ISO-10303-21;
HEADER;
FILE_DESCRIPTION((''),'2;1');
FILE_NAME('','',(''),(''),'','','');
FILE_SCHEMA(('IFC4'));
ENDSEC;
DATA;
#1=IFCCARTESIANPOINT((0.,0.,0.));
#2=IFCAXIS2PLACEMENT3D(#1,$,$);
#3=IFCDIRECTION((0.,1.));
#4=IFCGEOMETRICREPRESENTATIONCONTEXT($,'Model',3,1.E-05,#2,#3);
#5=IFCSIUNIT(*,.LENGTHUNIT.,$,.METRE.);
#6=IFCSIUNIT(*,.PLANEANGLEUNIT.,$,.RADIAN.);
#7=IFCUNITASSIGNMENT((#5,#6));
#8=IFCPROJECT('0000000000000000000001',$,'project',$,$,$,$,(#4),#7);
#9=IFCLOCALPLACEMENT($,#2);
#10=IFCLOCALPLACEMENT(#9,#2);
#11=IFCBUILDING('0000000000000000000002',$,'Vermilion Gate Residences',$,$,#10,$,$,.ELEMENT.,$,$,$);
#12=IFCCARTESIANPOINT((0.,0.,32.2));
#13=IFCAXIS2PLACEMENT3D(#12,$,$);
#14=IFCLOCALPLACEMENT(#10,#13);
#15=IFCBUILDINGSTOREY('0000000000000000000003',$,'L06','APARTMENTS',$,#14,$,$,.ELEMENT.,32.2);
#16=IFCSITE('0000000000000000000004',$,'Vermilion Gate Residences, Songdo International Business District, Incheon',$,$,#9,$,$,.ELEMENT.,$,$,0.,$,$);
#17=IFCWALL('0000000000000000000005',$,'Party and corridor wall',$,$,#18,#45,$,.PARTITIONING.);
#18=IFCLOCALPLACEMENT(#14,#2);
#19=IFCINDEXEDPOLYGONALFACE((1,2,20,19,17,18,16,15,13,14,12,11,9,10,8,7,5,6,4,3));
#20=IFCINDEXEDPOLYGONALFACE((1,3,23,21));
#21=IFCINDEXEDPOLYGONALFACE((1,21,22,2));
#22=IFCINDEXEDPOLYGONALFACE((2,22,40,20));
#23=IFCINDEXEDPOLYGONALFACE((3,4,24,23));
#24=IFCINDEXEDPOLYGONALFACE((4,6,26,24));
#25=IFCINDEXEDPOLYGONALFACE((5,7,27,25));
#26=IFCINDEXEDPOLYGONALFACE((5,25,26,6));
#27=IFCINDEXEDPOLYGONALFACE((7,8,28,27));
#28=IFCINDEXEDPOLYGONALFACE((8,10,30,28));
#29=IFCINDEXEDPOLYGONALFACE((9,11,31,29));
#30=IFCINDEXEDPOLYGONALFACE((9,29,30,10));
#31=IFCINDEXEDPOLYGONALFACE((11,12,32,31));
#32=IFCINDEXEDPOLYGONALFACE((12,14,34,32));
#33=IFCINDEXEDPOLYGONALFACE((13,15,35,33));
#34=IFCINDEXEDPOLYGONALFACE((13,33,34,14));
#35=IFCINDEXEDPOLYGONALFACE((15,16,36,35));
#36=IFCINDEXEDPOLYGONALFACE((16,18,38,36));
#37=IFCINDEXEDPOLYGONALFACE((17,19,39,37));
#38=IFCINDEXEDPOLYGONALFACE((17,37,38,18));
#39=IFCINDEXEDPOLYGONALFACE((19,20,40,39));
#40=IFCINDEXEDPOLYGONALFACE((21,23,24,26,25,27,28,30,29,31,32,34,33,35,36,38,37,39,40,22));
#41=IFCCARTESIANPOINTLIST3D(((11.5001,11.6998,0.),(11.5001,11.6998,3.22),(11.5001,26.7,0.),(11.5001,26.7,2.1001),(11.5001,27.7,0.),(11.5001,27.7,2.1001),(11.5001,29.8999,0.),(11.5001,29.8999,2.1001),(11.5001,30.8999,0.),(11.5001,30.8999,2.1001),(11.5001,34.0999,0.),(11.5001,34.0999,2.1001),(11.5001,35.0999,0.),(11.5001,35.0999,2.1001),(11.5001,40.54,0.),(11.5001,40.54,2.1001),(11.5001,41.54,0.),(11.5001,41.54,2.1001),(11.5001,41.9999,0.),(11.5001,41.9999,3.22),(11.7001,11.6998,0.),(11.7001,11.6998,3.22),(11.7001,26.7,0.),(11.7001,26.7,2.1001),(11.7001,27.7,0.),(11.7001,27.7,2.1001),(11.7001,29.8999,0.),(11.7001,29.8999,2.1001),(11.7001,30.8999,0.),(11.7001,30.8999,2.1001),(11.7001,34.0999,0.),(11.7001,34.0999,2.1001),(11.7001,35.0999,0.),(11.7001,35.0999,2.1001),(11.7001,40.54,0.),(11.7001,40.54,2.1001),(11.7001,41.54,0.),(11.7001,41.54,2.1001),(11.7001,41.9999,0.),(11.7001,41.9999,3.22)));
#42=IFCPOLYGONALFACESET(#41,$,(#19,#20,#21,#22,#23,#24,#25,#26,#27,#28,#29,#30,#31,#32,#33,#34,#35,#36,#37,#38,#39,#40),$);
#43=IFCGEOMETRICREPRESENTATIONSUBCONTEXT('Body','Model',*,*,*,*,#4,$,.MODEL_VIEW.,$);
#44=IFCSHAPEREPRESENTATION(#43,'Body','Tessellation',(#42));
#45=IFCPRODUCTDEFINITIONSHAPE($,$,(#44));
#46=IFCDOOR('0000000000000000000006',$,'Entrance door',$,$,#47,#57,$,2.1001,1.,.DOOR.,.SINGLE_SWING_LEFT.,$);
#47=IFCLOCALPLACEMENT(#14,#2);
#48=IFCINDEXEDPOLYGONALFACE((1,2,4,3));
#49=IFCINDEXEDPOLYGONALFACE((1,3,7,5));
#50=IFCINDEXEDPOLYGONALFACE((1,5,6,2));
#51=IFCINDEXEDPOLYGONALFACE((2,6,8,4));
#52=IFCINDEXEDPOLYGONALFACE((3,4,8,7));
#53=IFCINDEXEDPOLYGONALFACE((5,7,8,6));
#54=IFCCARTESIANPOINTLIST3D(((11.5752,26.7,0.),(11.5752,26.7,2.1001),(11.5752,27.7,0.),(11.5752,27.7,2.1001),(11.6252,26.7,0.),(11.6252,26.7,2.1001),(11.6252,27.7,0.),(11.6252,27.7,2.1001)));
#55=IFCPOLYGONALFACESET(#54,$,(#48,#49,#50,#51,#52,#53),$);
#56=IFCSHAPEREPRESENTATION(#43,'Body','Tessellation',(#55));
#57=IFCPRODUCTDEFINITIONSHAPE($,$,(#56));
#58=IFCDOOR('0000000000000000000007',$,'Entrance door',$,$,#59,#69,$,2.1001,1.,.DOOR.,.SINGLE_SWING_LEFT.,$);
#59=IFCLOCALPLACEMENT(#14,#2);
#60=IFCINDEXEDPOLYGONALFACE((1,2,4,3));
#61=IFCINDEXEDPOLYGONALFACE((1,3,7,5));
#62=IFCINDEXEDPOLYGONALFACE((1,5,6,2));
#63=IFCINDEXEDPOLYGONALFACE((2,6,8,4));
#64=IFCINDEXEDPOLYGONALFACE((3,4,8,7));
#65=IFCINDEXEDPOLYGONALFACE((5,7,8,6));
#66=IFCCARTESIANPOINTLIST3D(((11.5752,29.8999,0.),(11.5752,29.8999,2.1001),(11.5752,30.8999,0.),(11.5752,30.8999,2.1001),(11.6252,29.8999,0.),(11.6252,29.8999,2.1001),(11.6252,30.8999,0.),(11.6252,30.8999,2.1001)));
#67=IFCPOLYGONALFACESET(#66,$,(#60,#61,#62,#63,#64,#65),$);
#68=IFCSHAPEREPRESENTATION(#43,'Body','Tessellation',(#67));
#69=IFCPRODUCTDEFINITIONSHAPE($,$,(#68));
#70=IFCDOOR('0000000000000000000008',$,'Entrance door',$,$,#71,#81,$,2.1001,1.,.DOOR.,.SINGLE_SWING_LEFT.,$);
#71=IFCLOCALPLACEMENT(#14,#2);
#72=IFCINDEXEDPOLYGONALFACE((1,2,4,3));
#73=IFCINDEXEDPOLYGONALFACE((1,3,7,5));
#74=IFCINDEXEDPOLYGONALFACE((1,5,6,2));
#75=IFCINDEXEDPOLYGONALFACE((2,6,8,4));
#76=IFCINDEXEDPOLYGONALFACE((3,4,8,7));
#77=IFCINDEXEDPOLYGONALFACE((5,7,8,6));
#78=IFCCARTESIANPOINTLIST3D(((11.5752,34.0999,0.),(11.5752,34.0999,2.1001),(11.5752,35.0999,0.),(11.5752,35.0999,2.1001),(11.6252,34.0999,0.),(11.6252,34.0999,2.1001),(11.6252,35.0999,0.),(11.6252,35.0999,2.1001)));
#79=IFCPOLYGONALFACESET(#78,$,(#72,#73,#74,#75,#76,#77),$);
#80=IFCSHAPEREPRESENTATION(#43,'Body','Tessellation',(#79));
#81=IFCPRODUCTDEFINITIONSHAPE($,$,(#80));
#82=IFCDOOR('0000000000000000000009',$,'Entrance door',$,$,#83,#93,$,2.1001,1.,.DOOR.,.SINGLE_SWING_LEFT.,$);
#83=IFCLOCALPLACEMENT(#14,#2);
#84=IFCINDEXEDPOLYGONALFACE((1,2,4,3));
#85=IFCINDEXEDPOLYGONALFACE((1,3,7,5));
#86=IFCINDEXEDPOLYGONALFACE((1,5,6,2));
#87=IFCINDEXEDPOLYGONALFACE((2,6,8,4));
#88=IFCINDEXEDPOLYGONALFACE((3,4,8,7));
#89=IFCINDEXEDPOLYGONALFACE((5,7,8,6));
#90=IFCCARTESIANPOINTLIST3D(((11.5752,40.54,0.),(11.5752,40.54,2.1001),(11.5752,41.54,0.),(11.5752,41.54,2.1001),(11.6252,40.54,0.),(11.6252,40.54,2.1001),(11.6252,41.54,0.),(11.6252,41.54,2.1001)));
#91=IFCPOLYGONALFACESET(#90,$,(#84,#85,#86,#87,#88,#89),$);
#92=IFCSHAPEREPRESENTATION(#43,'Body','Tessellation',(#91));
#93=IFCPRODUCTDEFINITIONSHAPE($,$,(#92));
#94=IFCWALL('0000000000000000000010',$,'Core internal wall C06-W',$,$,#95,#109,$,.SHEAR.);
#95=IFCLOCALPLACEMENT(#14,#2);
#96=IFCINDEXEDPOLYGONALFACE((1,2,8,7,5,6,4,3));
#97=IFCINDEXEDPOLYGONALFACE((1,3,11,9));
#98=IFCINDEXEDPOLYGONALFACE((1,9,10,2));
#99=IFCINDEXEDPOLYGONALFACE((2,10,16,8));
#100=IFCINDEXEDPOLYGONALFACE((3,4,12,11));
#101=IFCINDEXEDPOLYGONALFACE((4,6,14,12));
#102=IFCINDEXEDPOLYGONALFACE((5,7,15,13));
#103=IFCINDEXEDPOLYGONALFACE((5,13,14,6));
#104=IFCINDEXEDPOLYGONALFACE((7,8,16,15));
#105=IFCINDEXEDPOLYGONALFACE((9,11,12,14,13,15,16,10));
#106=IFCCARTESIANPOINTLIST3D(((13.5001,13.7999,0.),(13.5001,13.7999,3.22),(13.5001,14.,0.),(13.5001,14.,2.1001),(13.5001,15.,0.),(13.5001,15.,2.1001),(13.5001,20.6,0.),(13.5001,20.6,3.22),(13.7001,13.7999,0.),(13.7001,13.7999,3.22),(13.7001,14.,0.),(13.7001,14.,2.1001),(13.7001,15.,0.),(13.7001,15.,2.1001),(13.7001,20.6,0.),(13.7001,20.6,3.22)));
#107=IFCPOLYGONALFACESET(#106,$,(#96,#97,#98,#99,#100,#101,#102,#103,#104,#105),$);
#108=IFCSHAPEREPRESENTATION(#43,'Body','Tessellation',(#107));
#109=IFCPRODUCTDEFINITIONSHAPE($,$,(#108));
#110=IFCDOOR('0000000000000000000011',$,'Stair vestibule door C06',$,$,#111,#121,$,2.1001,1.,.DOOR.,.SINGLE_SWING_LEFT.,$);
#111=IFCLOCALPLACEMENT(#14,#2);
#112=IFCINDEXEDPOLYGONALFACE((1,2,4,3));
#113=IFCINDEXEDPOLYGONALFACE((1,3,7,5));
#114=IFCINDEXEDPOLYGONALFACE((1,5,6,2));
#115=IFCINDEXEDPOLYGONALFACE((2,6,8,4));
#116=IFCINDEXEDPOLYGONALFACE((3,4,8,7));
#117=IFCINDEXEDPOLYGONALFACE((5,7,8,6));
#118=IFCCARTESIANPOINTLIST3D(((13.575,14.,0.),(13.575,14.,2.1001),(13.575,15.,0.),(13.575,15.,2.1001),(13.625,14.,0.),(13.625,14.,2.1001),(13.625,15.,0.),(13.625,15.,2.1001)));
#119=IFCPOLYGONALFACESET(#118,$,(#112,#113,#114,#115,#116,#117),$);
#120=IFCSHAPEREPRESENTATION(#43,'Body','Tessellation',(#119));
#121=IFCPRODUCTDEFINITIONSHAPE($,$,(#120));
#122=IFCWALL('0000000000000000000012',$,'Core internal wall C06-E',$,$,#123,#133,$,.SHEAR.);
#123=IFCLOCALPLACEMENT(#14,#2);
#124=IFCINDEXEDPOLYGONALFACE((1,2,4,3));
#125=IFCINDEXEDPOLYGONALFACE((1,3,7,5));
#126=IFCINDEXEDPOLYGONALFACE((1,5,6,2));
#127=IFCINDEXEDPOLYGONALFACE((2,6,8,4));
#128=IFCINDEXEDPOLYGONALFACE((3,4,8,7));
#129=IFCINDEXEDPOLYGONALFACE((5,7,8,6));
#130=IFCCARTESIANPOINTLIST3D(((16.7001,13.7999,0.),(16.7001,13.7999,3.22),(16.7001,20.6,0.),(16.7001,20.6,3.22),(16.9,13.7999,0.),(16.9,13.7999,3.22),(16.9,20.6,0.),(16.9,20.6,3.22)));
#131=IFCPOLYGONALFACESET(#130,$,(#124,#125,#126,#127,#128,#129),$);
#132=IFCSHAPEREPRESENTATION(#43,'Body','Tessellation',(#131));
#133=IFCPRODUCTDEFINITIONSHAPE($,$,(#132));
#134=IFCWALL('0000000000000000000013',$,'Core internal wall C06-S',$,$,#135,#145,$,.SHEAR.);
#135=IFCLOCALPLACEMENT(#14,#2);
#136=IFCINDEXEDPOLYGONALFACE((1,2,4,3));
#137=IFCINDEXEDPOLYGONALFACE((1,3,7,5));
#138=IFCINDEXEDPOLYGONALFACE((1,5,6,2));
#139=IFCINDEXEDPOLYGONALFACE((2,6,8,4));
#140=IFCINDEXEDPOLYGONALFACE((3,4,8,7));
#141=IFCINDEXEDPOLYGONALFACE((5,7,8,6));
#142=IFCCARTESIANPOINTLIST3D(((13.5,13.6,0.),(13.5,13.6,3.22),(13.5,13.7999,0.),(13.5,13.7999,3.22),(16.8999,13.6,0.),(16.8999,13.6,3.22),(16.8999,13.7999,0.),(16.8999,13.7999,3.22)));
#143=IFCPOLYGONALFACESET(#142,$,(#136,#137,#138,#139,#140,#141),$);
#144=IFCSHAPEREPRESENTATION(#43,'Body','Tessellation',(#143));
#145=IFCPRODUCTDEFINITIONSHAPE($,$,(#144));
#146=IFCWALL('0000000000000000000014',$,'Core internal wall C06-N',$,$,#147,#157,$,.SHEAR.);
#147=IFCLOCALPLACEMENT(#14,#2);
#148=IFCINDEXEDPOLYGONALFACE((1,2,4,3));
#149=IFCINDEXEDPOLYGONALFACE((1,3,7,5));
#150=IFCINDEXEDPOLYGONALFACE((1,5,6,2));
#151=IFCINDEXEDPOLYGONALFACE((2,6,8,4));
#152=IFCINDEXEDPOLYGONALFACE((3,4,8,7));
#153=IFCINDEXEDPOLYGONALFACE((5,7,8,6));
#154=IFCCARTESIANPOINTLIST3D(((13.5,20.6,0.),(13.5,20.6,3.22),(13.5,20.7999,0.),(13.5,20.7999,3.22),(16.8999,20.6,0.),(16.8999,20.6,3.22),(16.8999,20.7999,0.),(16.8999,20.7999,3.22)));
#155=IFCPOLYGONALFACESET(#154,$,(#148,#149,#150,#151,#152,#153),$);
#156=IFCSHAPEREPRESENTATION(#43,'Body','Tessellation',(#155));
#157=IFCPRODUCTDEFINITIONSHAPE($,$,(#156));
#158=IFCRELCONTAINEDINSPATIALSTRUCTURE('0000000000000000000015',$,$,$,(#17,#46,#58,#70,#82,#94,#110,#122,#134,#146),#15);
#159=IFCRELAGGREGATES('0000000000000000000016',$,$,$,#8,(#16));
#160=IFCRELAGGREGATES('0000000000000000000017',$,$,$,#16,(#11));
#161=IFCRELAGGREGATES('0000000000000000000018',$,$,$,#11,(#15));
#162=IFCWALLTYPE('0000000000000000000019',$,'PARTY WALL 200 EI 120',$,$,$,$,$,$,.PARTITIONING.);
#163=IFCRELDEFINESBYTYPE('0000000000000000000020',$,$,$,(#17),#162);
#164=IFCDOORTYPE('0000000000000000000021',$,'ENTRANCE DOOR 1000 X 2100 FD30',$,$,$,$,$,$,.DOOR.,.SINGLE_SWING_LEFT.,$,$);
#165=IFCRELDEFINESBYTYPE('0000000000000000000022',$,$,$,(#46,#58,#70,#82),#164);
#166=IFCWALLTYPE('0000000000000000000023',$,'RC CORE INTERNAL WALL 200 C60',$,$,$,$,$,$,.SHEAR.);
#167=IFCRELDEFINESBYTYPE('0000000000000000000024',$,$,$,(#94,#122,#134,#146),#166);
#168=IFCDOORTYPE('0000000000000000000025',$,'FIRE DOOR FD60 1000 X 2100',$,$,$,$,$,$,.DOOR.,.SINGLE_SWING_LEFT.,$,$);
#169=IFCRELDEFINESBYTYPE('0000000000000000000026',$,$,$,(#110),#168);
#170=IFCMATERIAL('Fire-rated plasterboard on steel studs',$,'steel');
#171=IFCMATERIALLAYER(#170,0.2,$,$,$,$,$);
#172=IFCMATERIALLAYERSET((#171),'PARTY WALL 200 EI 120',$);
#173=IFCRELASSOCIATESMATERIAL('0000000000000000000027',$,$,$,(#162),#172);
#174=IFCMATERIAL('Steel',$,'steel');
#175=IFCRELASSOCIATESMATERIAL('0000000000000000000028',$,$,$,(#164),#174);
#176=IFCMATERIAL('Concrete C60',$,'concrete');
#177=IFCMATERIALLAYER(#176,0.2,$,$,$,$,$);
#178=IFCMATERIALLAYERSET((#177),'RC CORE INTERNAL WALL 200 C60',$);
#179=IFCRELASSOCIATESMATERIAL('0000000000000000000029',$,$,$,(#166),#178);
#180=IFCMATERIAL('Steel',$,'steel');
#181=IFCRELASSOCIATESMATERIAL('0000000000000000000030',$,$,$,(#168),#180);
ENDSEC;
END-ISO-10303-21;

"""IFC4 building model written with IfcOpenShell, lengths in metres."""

from ifc_helpers import new_model, si_unit, direction, frame, frame_2d, origin, place, context, subcontext, project, spatial, rectangle, extrude, material, layer, layer_set, type_object, element, fill, save


model = new_model("IFC4")

# Units and contexts
model_context = context("Model", 3, precision=1e-05, world=origin(), true_north=direction((0.0, 1.0)))
body_context = subcontext(model_context, "Body", "Model", "MODEL_VIEW")
ifc_project = project(units=[si_unit("LENGTHUNIT", "METRE"), si_unit("PLANEANGLEUNIT", "RADIAN")], contexts=[model_context])

# Site, building, storey
site_placement = place(None, origin())
site = spatial("IfcSite", under=ifc_project, at=site_placement, Name="Vermilion Gate Residences, Songdo International Business District, Incheon", CompositionType="ELEMENT", RefElevation=0.0)
building_placement = place(site_placement, origin())
building = spatial("IfcBuilding", under=site, at=building_placement, Name="Vermilion Gate Residences", CompositionType="ELEMENT")
storey_placement = place(building_placement, frame((0.0, 0.0, 32.2)))
storey = spatial("IfcBuildingStorey", under=building, at=storey_placement, Name="L06", Description="APARTMENTS", CompositionType="ELEMENT", Elevation=32.2)

# Wall, openings, doors
ifc_material_1 = material(Name="Fire-rated plasterboard on steel studs", Category="steel")
ifc_layer_1 = layer(ifc_material_1, 0.2)
ifc_layer_set_1 = layer_set([ifc_layer_1], Name="PARTY WALL 200 EI 120")
wall_type_1 = type_object("IfcWallType", Name="PARTY WALL 200 EI 120", PredefinedType="PARTITIONING", material=ifc_layer_set_1)
ifc_material_2 = material(Name="Steel", Category="steel")
door_type_1 = type_object("IfcDoorType", Name="ENTRANCE DOOR 1000 X 2100 FD30", OperationType="SINGLE_SWING_LEFT", PredefinedType="DOOR", material=ifc_material_2)
wall_1_placement = place(storey_placement, frame((11.6001, 11.7, 0.0), z_axis=(0.0, 0.0, 1.0), x_axis=(0.0, 1.0, 0.0)))
wall_1 = element("IfcWall", 1, at=wall_1_placement, inside=storey, type_object=wall_type_1, Name="Party and corridor wall", PredefinedType="PARTITIONING", context=body_context, shape_type="SweptSolid", body=[
    extrude(rectangle(XDim=30.3, YDim=0.2, at=frame_2d((15.1499, 0.0))), origin(), (0.0, 0.0, 1.0), 3.22),
])
opening_1_placement = place(wall_1_placement, frame((15.0, 0.0, 0.0)))
opening_1 = element("IfcOpeningElement", 2, at=opening_1_placement, cuts=wall_1, PredefinedType="OPENING", context=body_context, shape_type="SweptSolid", body=[
    extrude(rectangle(XDim=1.0, YDim=2.1001, at=frame_2d((0.5, 1.05))), frame((0.0, 0.1099, 0.0), z_axis=(0.0, -1.0, 0.0), x_axis=(1.0, 0.0, 0.0)), (0.0, 0.0, 1.0), 0.22),
])
opening_2_placement = place(wall_1_placement, frame((18.2, 0.0, 0.0)))
opening_2 = element("IfcOpeningElement", 3, at=opening_2_placement, cuts=wall_1, PredefinedType="OPENING", context=body_context, shape_type="SweptSolid", body=[
    extrude(rectangle(XDim=1.0, YDim=2.1001, at=frame_2d((0.5, 1.05))), frame((0.0, 0.1099, 0.0), z_axis=(0.0, -1.0, 0.0), x_axis=(1.0, 0.0, 0.0)), (0.0, 0.0, 1.0), 0.22),
])
opening_3_placement = place(wall_1_placement, frame((22.3999, 0.0, 0.0)))
opening_3 = element("IfcOpeningElement", 4, at=opening_3_placement, cuts=wall_1, PredefinedType="OPENING", context=body_context, shape_type="SweptSolid", body=[
    extrude(rectangle(XDim=1.0, YDim=2.1001, at=frame_2d((0.5, 1.05))), frame((0.0, 0.1099, 0.0), z_axis=(0.0, -1.0, 0.0), x_axis=(1.0, 0.0, 0.0)), (0.0, 0.0, 1.0), 0.22),
])
opening_4_placement = place(wall_1_placement, frame((28.8401, 0.0, 0.0)))
opening_4 = element("IfcOpeningElement", 5, at=opening_4_placement, cuts=wall_1, PredefinedType="OPENING", context=body_context, shape_type="SweptSolid", body=[
    extrude(rectangle(XDim=1.0, YDim=2.1001, at=frame_2d((0.5, 1.05))), frame((0.0, 0.1099, 0.0), z_axis=(0.0, -1.0, 0.0), x_axis=(1.0, 0.0, 0.0)), (0.0, 0.0, 1.0), 0.22),
])
door_1_placement = place(opening_1_placement, origin())
door_1 = element("IfcDoor", 6, at=door_1_placement, inside=storey, type_object=door_type_1, Name="Entrance door", OperationType="SINGLE_SWING_LEFT", OverallHeight=2.1001, OverallWidth=1.0, PredefinedType="DOOR", context=body_context, shape_type="SweptSolid", body=[
    extrude(rectangle(XDim=1.0, YDim=2.1001, at=frame_2d((0.5, 1.05))), frame((0.0, 0.0249, 0.0), z_axis=(0.0, -1.0, 0.0), x_axis=(1.0, 0.0, 0.0)), (0.0, 0.0, 1.0), 0.05),
])
fill(opening_1, door_1)
door_2_placement = place(opening_2_placement, origin())
door_2 = element("IfcDoor", 7, at=door_2_placement, inside=storey, type_object=door_type_1, Name="Entrance door", OperationType="SINGLE_SWING_LEFT", OverallHeight=2.1001, OverallWidth=1.0, PredefinedType="DOOR", context=body_context, shape_type="SweptSolid", body=[
    extrude(rectangle(XDim=1.0, YDim=2.1001, at=frame_2d((0.5, 1.05))), frame((0.0, 0.0249, 0.0), z_axis=(0.0, -1.0, 0.0), x_axis=(1.0, 0.0, 0.0)), (0.0, 0.0, 1.0), 0.05),
])
fill(opening_2, door_2)
door_3_placement = place(opening_3_placement, origin())
door_3 = element("IfcDoor", 8, at=door_3_placement, inside=storey, type_object=door_type_1, Name="Entrance door", OperationType="SINGLE_SWING_LEFT", OverallHeight=2.1001, OverallWidth=1.0, PredefinedType="DOOR", context=body_context, shape_type="SweptSolid", body=[
    extrude(rectangle(XDim=1.0, YDim=2.1001, at=frame_2d((0.5, 1.05))), frame((0.0, 0.0249, 0.0), z_axis=(0.0, -1.0, 0.0), x_axis=(1.0, 0.0, 0.0)), (0.0, 0.0, 1.0), 0.05),
])
fill(opening_3, door_3)
door_4_placement = place(opening_4_placement, origin())
door_4 = element("IfcDoor", 9, at=door_4_placement, inside=storey, type_object=door_type_1, Name="Entrance door", OperationType="SINGLE_SWING_LEFT", OverallHeight=2.1001, OverallWidth=1.0, PredefinedType="DOOR", context=body_context, shape_type="SweptSolid", body=[
    extrude(rectangle(XDim=1.0, YDim=2.1001, at=frame_2d((0.5, 1.05))), frame((0.0, 0.0249, 0.0), z_axis=(0.0, -1.0, 0.0), x_axis=(1.0, 0.0, 0.0)), (0.0, 0.0, 1.0), 0.05),
])
fill(opening_4, door_4)

# Wall, opening, door
ifc_material_3 = material(Name="Concrete C60", Category="concrete")
ifc_layer_2 = layer(ifc_material_3, 0.2)
ifc_layer_set_2 = layer_set([ifc_layer_2], Name="RC CORE INTERNAL WALL 200 C60")
wall_type_2 = type_object("IfcWallType", Name="RC CORE INTERNAL WALL 200 C60", PredefinedType="SHEAR", material=ifc_layer_set_2)
wall_2_placement = place(storey_placement, frame((13.6001, 13.8, 0.0), z_axis=(0.0, 0.0, 1.0), x_axis=(0.0, 1.0, 0.0)))
wall_2 = element("IfcWall", 10, at=wall_2_placement, inside=storey, type_object=wall_type_2, Name="Core internal wall C06-W", PredefinedType="SHEAR", context=body_context, shape_type="SweptSolid", body=[
    extrude(rectangle(XDim=6.8, YDim=0.2, at=frame_2d((3.3999, 0.0))), origin(), (0.0, 0.0, 1.0), 3.22),
])
opening_5_placement = place(wall_2_placement, frame((0.2, 0.0, 0.0)))
opening_5 = element("IfcOpeningElement", 11, at=opening_5_placement, cuts=wall_2, PredefinedType="OPENING", context=body_context, shape_type="SweptSolid", body=[
    extrude(rectangle(XDim=1.0, YDim=2.1001, at=frame_2d((0.5, 1.05))), frame((0.0, 0.1099, 0.0), z_axis=(0.0, -1.0, 0.0), x_axis=(1.0, 0.0, 0.0)), (0.0, 0.0, 1.0), 0.22),
])
ifc_material_4 = material(Name="Steel", Category="steel")
door_type_2 = type_object("IfcDoorType", Name="FIRE DOOR FD60 1000 X 2100", OperationType="SINGLE_SWING_LEFT", PredefinedType="DOOR", material=ifc_material_4)
door_5_placement = place(opening_5_placement, frame((1.0, 0.0, 0.0), z_axis=(0.0, 0.0, 1.0), x_axis=(-1.0, 0.0, 0.0)))
door_5 = element("IfcDoor", 12, at=door_5_placement, inside=storey, type_object=door_type_2, Name="Stair vestibule door C06", OperationType="SINGLE_SWING_LEFT", OverallHeight=2.1001, OverallWidth=1.0, PredefinedType="DOOR", context=body_context, shape_type="SweptSolid", body=[
    extrude(rectangle(XDim=1.0, YDim=2.1001, at=frame_2d((0.5, 1.05))), frame((0.0, 0.0249, 0.0), z_axis=(0.0, -1.0, 0.0), x_axis=(1.0, 0.0, 0.0)), (0.0, 0.0, 1.0), 0.05),
])
fill(opening_5, door_5)

# Walls
wall_3_placement = place(storey_placement, frame((16.8, 13.8, 0.0), z_axis=(0.0, 0.0, 1.0), x_axis=(0.0, 1.0, 0.0)))
element("IfcWall", 13, at=wall_3_placement, inside=storey, type_object=wall_type_2, Name="Core internal wall C06-E", PredefinedType="SHEAR", context=body_context, shape_type="SweptSolid", body=[
    extrude(rectangle(XDim=6.8, YDim=0.2, at=frame_2d((3.3999, 0.0))), origin(), (0.0, 0.0, 1.0), 3.22),
])
for number, where, z_axis, x_axis, name in (
    (14, (13.5, 13.7, 0.0), (0.0, 0.0, 1.0), (1.0, 0.0, 0.0), "Core internal wall C06-S"),
    (15, (13.5, 20.7, 0.0), (0.0, 0.0, 1.0), (1.0, 0.0, 0.0), "Core internal wall C06-N"),
):
    element("IfcWall", number, at=place(storey_placement, frame(where, z_axis=z_axis, x_axis=x_axis)), inside=storey, type_object=wall_type_2, Name=name, PredefinedType="SHEAR", context=body_context, shape_type="SweptSolid", body=[
        extrude(rectangle(XDim=3.3999, YDim=0.2, at=frame_2d((1.7, 0.0))), origin(), (0.0, 0.0, 1.0), 3.22),
    ])

save(model, "model.ifc")
